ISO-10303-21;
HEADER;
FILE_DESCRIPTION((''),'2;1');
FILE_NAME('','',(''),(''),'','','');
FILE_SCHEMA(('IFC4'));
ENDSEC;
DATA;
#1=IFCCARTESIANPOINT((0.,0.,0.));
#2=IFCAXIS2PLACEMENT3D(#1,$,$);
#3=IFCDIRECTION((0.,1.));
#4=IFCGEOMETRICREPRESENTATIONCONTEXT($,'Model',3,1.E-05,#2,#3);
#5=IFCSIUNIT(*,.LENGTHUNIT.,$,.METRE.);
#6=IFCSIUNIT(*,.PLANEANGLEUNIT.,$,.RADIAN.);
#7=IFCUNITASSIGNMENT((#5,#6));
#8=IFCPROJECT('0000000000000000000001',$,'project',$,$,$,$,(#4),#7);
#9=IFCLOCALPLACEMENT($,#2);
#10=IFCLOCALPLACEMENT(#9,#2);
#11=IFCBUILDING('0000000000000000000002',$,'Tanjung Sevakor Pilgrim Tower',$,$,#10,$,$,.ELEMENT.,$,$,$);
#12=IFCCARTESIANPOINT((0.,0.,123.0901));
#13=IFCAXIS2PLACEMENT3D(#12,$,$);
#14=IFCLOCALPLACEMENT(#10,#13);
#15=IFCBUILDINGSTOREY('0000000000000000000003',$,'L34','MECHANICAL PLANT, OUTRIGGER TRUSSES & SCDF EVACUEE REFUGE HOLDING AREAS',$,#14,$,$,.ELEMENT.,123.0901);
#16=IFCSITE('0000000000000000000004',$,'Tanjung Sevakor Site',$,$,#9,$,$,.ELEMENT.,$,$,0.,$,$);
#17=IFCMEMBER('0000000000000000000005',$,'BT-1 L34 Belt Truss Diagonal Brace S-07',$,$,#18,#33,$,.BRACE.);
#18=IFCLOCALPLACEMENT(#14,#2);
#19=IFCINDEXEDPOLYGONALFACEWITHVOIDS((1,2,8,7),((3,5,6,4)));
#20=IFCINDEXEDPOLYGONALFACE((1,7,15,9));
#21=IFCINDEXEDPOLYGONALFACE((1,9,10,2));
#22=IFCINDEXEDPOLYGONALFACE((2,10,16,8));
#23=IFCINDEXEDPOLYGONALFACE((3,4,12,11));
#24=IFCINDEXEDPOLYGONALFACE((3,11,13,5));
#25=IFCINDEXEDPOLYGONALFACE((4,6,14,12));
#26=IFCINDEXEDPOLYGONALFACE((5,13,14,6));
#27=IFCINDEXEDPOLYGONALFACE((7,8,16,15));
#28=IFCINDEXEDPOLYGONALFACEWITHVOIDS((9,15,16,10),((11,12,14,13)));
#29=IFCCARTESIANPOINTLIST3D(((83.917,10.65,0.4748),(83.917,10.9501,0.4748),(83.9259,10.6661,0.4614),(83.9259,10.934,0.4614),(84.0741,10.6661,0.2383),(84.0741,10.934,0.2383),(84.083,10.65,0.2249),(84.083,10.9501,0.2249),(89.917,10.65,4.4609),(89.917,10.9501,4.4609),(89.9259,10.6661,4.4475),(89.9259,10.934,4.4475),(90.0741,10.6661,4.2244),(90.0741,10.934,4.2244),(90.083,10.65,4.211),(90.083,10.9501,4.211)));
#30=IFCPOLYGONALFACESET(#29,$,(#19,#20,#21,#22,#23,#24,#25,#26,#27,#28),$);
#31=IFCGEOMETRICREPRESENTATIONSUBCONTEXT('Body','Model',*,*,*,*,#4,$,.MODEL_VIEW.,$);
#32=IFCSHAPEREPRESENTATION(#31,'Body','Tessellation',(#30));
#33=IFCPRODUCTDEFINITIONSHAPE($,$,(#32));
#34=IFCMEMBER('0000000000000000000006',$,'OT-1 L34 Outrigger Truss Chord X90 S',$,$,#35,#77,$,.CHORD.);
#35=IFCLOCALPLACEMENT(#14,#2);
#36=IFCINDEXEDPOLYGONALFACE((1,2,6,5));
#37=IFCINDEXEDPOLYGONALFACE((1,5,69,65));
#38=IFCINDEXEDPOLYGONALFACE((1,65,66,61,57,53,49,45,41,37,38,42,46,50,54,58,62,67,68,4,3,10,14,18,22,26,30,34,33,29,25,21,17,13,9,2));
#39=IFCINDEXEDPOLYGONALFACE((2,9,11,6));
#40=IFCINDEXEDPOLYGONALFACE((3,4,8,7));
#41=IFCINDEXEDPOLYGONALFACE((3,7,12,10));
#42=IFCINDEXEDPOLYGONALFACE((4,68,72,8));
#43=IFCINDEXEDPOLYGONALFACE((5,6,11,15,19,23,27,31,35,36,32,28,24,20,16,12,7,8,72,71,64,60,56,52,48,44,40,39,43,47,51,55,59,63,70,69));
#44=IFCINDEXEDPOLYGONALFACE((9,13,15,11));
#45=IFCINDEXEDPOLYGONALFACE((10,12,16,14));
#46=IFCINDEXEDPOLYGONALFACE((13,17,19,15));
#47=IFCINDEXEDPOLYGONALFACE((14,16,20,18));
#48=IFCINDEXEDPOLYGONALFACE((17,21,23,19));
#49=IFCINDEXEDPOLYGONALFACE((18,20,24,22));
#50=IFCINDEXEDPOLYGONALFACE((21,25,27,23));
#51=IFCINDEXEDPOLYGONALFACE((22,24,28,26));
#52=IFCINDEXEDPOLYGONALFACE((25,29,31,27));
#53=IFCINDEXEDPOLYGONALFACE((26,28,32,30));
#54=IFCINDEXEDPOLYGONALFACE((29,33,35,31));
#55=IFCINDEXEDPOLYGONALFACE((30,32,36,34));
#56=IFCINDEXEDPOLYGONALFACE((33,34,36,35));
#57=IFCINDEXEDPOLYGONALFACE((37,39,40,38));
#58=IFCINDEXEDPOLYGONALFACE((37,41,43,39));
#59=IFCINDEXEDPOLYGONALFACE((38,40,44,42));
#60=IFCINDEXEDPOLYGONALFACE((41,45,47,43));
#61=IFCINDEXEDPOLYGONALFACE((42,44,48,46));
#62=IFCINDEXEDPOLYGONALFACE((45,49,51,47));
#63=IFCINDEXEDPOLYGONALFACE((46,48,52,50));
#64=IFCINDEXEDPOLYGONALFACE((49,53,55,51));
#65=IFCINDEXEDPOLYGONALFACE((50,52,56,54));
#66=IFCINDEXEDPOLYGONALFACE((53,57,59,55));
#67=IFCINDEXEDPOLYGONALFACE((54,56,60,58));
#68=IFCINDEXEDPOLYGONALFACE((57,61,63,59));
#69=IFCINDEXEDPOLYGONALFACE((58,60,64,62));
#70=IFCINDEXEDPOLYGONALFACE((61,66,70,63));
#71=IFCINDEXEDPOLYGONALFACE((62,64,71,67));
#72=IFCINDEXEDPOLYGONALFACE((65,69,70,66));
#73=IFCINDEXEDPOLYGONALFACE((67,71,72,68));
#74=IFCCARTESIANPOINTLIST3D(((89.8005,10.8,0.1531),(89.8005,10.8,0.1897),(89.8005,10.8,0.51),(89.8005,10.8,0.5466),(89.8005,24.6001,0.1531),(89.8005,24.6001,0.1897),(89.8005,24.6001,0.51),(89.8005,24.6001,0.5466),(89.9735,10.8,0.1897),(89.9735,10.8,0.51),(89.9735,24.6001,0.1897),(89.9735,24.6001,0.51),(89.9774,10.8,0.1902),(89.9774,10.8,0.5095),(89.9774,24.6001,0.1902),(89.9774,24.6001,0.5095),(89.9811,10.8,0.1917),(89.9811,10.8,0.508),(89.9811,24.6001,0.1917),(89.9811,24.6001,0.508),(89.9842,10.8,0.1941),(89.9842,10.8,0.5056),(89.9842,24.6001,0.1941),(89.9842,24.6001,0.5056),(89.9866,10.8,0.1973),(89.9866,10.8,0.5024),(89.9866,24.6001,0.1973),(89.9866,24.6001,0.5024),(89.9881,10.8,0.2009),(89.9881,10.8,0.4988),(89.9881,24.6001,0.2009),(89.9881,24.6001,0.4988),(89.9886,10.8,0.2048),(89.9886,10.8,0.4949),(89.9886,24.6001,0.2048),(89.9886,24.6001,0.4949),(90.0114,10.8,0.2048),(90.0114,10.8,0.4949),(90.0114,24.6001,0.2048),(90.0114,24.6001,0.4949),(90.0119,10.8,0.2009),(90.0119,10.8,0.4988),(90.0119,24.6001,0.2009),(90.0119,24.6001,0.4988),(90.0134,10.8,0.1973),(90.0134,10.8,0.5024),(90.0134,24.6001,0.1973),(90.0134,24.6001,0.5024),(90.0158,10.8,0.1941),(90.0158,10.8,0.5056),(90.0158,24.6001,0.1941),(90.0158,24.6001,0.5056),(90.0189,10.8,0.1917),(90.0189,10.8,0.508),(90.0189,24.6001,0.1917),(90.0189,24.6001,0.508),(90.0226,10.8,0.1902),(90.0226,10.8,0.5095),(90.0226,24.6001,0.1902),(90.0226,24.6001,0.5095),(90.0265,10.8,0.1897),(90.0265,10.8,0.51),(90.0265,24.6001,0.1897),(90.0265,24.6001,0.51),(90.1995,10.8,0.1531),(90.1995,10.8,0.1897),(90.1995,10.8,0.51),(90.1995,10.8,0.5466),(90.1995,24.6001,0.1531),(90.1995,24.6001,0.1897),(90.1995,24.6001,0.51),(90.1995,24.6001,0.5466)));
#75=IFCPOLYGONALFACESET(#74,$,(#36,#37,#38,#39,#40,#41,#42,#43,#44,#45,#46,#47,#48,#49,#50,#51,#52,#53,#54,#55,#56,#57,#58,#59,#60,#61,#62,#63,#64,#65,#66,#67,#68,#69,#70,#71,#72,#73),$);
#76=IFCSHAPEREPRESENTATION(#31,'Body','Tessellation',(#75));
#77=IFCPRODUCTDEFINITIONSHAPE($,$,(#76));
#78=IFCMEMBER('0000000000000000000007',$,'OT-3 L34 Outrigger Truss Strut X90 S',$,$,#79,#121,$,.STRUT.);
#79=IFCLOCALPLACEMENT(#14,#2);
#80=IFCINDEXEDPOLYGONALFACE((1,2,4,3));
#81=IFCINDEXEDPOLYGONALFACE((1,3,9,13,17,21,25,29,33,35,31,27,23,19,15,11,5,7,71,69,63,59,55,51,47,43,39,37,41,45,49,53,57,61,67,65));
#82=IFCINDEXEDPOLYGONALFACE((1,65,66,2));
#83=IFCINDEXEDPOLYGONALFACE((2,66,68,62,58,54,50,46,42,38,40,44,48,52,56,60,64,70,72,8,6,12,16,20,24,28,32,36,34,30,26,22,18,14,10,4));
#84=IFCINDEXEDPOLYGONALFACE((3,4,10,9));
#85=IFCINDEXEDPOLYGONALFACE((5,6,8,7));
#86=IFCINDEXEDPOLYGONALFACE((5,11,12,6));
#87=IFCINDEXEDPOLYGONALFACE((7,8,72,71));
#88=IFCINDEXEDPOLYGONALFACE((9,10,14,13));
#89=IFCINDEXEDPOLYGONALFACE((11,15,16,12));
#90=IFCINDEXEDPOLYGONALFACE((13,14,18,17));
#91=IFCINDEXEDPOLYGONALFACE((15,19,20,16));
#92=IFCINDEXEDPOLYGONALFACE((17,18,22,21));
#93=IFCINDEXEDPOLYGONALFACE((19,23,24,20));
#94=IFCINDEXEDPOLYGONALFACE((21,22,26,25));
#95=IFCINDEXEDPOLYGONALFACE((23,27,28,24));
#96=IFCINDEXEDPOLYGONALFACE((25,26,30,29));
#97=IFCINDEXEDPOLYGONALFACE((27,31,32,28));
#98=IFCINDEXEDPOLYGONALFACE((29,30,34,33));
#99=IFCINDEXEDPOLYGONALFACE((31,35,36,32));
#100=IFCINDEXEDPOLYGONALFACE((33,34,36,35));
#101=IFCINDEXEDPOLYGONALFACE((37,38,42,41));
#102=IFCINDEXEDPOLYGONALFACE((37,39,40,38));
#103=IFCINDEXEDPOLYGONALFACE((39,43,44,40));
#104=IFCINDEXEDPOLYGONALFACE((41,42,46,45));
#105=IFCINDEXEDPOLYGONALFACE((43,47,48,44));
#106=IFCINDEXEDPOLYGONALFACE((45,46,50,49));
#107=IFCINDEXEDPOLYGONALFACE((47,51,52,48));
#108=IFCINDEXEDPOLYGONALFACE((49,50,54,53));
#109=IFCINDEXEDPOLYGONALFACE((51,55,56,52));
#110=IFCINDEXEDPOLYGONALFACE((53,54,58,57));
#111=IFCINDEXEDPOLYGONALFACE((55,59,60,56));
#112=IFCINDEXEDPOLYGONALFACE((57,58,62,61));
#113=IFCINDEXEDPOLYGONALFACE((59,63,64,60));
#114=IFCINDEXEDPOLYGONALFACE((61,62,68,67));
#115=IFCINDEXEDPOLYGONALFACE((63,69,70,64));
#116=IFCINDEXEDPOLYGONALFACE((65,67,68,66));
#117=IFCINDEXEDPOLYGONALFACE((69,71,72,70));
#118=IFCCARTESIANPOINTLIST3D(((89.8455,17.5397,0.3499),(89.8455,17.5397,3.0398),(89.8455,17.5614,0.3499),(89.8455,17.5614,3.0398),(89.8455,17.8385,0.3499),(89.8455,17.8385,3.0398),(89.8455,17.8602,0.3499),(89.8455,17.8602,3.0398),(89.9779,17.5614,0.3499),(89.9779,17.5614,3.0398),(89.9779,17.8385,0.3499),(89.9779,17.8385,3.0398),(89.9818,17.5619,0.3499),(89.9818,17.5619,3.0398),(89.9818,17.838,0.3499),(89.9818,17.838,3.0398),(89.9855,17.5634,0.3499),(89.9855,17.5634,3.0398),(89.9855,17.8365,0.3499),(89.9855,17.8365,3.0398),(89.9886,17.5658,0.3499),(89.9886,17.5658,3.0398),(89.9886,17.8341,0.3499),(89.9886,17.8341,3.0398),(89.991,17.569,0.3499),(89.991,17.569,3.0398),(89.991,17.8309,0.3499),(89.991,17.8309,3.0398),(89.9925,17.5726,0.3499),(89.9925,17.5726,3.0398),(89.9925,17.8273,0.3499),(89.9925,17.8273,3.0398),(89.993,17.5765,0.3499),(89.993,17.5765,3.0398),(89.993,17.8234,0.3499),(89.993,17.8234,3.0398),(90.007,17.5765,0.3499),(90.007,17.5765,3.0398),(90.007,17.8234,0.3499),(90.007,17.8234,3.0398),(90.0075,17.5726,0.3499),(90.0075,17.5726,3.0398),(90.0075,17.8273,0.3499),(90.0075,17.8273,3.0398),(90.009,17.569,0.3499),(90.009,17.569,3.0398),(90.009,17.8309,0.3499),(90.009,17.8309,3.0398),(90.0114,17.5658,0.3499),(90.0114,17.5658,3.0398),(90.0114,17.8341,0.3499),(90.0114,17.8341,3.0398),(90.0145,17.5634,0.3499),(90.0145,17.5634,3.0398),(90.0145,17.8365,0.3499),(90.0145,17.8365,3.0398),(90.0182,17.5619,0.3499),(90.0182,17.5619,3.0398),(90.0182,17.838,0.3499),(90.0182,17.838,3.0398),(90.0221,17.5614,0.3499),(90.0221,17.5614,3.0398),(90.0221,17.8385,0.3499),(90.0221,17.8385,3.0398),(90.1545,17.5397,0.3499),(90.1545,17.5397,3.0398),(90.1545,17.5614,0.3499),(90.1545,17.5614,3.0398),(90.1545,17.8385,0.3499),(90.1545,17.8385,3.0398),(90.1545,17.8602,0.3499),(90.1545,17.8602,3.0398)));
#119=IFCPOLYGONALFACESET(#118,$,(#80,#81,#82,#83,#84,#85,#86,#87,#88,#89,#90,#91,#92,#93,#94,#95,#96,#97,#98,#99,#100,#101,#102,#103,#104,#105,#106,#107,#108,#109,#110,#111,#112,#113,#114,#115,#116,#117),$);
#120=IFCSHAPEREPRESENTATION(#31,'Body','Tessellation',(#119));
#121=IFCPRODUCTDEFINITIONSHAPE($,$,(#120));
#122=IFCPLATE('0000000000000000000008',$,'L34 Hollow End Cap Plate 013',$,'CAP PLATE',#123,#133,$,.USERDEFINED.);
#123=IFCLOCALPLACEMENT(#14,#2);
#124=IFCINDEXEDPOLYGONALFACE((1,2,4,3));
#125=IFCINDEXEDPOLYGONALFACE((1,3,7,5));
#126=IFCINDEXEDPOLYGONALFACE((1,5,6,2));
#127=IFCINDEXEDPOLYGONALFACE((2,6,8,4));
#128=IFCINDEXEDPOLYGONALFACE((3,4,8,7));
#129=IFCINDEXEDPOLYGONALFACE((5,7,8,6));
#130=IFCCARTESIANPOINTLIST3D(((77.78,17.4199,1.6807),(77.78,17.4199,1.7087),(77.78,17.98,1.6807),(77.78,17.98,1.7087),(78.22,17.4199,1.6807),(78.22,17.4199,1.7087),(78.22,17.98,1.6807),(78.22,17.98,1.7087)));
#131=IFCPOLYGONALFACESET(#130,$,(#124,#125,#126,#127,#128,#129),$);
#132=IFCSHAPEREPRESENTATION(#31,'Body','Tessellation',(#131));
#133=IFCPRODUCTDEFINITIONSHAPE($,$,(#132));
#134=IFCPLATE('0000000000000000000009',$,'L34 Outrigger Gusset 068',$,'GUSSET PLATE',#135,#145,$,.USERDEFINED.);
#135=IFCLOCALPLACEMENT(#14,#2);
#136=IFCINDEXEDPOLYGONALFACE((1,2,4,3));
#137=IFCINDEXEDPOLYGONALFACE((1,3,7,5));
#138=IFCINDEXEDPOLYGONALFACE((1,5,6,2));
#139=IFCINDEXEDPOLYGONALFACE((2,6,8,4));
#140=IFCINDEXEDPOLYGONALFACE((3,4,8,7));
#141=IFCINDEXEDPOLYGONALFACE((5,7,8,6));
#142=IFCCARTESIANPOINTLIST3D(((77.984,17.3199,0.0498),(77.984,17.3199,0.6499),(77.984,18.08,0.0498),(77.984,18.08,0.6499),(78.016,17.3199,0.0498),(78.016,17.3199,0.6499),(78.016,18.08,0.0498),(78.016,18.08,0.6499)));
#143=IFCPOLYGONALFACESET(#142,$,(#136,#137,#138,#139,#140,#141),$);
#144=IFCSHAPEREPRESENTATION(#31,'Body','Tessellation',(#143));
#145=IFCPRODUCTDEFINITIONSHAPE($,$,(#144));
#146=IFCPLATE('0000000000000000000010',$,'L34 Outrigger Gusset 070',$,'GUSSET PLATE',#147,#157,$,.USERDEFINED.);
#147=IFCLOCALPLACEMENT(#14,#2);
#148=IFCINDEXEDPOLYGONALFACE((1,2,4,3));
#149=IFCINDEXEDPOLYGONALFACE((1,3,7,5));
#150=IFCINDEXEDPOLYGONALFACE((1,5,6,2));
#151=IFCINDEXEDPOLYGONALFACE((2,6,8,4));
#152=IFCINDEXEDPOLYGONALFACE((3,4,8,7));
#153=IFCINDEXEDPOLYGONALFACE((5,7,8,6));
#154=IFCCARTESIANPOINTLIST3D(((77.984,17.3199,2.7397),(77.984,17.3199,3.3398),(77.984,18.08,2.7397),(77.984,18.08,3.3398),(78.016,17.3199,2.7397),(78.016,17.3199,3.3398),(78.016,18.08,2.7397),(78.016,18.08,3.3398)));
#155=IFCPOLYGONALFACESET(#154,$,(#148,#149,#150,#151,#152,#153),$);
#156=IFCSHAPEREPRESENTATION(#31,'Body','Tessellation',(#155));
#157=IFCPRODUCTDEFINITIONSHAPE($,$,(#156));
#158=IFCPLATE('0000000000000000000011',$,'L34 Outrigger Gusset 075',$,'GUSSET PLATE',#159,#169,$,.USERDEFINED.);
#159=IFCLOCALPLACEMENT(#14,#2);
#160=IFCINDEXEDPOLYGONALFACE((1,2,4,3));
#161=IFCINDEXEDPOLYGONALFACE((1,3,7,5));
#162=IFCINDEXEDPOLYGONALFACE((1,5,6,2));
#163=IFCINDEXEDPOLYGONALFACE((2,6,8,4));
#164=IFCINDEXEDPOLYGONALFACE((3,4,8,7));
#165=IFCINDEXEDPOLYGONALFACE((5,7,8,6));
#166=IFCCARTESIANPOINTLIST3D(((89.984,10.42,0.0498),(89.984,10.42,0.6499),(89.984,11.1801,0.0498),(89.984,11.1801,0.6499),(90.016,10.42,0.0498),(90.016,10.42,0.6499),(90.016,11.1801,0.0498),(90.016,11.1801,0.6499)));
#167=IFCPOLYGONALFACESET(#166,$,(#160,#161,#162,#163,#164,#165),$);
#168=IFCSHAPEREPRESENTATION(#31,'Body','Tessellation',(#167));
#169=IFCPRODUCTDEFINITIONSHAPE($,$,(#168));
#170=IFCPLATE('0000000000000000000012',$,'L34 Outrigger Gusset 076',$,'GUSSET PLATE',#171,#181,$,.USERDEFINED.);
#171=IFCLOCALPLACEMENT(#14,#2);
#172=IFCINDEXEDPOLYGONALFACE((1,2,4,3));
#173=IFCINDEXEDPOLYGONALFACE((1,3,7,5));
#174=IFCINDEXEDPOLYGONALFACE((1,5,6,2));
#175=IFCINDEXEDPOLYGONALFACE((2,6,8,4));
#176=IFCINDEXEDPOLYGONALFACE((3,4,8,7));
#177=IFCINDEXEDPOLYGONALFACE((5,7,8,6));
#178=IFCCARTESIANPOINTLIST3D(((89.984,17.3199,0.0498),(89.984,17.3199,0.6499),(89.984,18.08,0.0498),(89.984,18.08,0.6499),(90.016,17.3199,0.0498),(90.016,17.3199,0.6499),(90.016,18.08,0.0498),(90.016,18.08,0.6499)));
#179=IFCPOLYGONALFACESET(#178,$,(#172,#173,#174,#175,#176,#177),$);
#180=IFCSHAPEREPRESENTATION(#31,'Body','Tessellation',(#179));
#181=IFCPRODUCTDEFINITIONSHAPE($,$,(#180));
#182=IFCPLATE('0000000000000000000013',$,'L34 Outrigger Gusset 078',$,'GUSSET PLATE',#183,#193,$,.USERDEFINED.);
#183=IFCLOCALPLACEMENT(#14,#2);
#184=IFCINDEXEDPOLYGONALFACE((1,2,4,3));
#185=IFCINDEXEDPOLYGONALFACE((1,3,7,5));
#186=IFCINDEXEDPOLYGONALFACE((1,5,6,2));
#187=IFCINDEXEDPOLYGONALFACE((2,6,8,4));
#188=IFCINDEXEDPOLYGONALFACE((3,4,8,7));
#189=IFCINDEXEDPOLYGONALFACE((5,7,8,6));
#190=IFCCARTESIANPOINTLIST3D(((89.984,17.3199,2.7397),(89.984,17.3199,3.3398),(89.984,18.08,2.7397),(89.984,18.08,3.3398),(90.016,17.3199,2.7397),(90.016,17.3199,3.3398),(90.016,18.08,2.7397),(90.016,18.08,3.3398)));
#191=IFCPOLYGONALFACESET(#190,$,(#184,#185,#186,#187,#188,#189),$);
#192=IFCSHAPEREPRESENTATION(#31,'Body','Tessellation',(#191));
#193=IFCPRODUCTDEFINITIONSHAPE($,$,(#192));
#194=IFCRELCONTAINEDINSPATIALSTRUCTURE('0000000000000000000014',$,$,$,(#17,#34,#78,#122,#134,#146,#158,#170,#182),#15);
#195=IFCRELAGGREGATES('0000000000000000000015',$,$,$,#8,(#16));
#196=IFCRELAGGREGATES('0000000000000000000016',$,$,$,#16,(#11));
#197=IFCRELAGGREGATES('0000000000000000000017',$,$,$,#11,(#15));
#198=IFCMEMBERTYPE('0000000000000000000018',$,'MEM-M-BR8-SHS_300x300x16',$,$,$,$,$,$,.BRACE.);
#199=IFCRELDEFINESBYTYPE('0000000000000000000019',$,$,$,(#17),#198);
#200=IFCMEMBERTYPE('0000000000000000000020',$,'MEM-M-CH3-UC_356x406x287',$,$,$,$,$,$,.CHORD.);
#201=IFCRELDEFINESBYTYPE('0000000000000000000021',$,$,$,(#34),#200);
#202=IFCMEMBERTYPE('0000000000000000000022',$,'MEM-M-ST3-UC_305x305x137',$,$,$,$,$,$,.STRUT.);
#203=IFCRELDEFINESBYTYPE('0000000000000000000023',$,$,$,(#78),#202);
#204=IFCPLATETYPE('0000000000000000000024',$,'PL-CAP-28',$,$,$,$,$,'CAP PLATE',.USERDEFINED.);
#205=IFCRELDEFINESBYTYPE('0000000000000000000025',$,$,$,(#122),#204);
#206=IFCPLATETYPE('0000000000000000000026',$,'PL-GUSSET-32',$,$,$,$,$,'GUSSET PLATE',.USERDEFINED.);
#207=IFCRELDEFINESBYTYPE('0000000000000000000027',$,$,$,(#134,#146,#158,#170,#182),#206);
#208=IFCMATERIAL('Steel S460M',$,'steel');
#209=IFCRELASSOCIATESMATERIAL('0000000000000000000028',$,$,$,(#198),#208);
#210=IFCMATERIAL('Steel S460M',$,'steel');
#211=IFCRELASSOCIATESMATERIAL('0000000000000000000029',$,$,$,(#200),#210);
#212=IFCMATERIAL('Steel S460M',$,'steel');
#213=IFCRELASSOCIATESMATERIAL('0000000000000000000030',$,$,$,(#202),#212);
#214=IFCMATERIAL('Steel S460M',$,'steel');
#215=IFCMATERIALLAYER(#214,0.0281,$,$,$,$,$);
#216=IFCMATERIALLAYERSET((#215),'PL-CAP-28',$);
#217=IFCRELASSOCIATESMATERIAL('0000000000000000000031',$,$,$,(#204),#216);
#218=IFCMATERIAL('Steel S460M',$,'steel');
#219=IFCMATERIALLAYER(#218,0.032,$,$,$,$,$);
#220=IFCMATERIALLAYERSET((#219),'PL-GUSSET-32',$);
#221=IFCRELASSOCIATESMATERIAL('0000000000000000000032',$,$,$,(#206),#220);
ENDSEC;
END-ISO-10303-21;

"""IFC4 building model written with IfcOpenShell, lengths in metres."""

from ifc_helpers import new_model, si_unit, direction, frame, origin, origin_2d, place, context, subcontext, project, spatial, rectangle, hollow_rectangle, i_section, extrude, material, layer, layer_set, material_profile, profile_set, type_object, element, save


model = new_model("IFC4")

# Units and contexts
model_context = context("Model", 3, precision=1e-05, world=origin(), true_north=direction((0.0, 1.0)))
body_context = subcontext(model_context, "Body", "Model", "MODEL_VIEW")
ifc_project = project(units=[si_unit("LENGTHUNIT", "METRE"), si_unit("PLANEANGLEUNIT", "RADIAN")], contexts=[model_context])

# Site, building, storey
site_placement = place(None, origin())
site = spatial("IfcSite", under=ifc_project, at=site_placement, Name="Tanjung Sevakor Site", CompositionType="ELEMENT", RefElevation=0.0)
building_placement = place(site_placement, origin())
building = spatial("IfcBuilding", under=site, at=building_placement, Name="Tanjung Sevakor Pilgrim Tower", CompositionType="ELEMENT")
storey_placement = place(building_placement, frame((0.0, 0.0, 123.0901)))
storey = spatial("IfcBuildingStorey", under=building, at=storey_placement, Name="L34", Description="MECHANICAL PLANT, OUTRIGGER TRUSSES & SCDF EVACUEE REFUGE HOLDING AREAS", CompositionType="ELEMENT", Elevation=123.0901)

# Members
ifc_material_1 = material(Name="Steel S460M", Category="steel")
ifc_material_profile_1 = material_profile(ifc_material_1, hollow_rectangle(XDim=0.3, YDim=0.3, WallThickness=0.0161, at=origin_2d()))
ifc_profile_set_1 = profile_set([ifc_material_profile_1], Name="Steel S460M")
member_type_1 = type_object("IfcMemberType", Name="MEM-M-BR8-SHS_300x300x16", PredefinedType="BRACE", material=ifc_profile_set_1)
member_1_placement = place(storey_placement, frame((84.0, 10.8, 0.3499), z_axis=(0.832941, 0.0, 0.553362), x_axis=(0.0, 1.0, 0.0)))
element("IfcMember", 1, at=member_1_placement, inside=storey, type_object=member_type_1, Name="BT-1 L34 Belt Truss Diagonal Brace S-07", PredefinedType="BRACE", context=body_context, shape_type="SweptSolid", body=[
    extrude(hollow_rectangle(XDim=0.3, YDim=0.3, WallThickness=0.0161, at=origin_2d()), origin(), (0.0, 0.0, 1.0), 7.2034),
])
ifc_material_2 = material(Name="Steel S460M", Category="steel")
ifc_material_profile_2 = material_profile(ifc_material_2, i_section(OverallWidth=0.3989, OverallDepth=0.3936, WebThickness=0.0227, FlangeThickness=0.0366, FilletRadius=0.0151, at=origin_2d()))
ifc_profile_set_2 = profile_set([ifc_material_profile_2], Name="Steel S460M")
member_type_2 = type_object("IfcMemberType", Name="MEM-M-CH3-UC_356x406x287", PredefinedType="CHORD", material=ifc_profile_set_2)
member_2_placement = place(storey_placement, frame((90.0, 10.8, 0.3499), z_axis=(0.0, 1.0, 0.0), x_axis=(-1.0, 0.0, 0.0)))
element("IfcMember", 2, at=member_2_placement, inside=storey, type_object=member_type_2, Name="OT-1 L34 Outrigger Truss Chord X90 S", PredefinedType="CHORD", context=body_context, shape_type="SweptSolid", body=[
    extrude(i_section(OverallWidth=0.3989, OverallDepth=0.3936, WebThickness=0.0227, FlangeThickness=0.0366, FilletRadius=0.0151, at=origin_2d()), origin(), (0.0, 0.0, 1.0), 13.8),
])
ifc_material_3 = material(Name="Steel S460M", Category="steel")
ifc_material_profile_3 = material_profile(ifc_material_3, i_section(OverallWidth=0.3091, OverallDepth=0.3206, WebThickness=0.0139, FlangeThickness=0.0217, FilletRadius=0.0151, at=origin_2d()))
ifc_profile_set_3 = profile_set([ifc_material_profile_3], Name="Steel S460M")
member_type_3 = type_object("IfcMemberType", Name="MEM-M-ST3-UC_305x305x137", PredefinedType="STRUT", material=ifc_profile_set_3)
member_3_placement = place(storey_placement, frame((90.0, 17.7, 0.3499), z_axis=(0.0, 0.0, 1.0), x_axis=(1.0, 0.0, 0.0)))
element("IfcMember", 3, at=member_3_placement, inside=storey, type_object=member_type_3, Name="OT-3 L34 Outrigger Truss Strut X90 S", PredefinedType="STRUT", context=body_context, shape_type="SweptSolid", body=[
    extrude(i_section(OverallWidth=0.3091, OverallDepth=0.3206, WebThickness=0.0139, FlangeThickness=0.0217, FilletRadius=0.0151, at=origin_2d()), origin(), (0.0, 0.0, 1.0), 2.6899),
])

# Plates
ifc_material_4 = material(Name="Steel S460M", Category="steel")
ifc_layer_1 = layer(ifc_material_4, 0.0281)
ifc_layer_set_1 = layer_set([ifc_layer_1], Name="PL-CAP-28")
plate_type_1 = type_object("IfcPlateType", Name="PL-CAP-28", ElementType="CAP PLATE", PredefinedType="USERDEFINED", material=ifc_layer_set_1)
plate_placement = place(storey_placement, frame((78.0, 17.7, 1.6807), z_axis=(0.0, 0.0, 1.0), x_axis=(1.0, 0.0, 0.0)))
element("IfcPlate", 4, at=plate_placement, inside=storey, type_object=plate_type_1, Name="L34 Hollow End Cap Plate 013", ObjectType="CAP PLATE", PredefinedType="USERDEFINED", context=body_context, shape_type="SweptSolid", body=[
    extrude(rectangle(XDim=0.4399, YDim=0.5601, at=origin_2d()), origin(), (0.0, 0.0, 1.0), 0.0281),
])
ifc_material_5 = material(Name="Steel S460M", Category="steel")
ifc_layer_2 = layer(ifc_material_5, 0.032)
ifc_layer_set_2 = layer_set([ifc_layer_2], Name="PL-GUSSET-32")
plate_type_2 = type_object("IfcPlateType", Name="PL-GUSSET-32", ElementType="GUSSET PLATE", PredefinedType="USERDEFINED", material=ifc_layer_set_2)
for number, where, z_axis, x_axis, name in (
    (5, (78.0, 17.7, 0.0498), (0.0, 0.0, 1.0), (1.0, 0.0, 0.0), "L34 Outrigger Gusset 068"),
    (6, (78.0, 17.7, 2.7397), (0.0, 0.0, 1.0), (1.0, 0.0, 0.0), "L34 Outrigger Gusset 070"),
    (7, (90.0, 10.8, 0.0498), (0.0, 0.0, 1.0), (1.0, 0.0, 0.0), "L34 Outrigger Gusset 075"),
    (8, (90.0, 17.7, 0.0498), (0.0, 0.0, 1.0), (1.0, 0.0, 0.0), "L34 Outrigger Gusset 076"),
    (9, (90.0, 17.7, 2.7397), (0.0, 0.0, 1.0), (1.0, 0.0, 0.0), "L34 Outrigger Gusset 078"),
):
    element("IfcPlate", number, at=place(storey_placement, frame(where, z_axis=z_axis, x_axis=x_axis)), inside=storey, type_object=plate_type_2, Name=name, ObjectType="GUSSET PLATE", PredefinedType="USERDEFINED", context=body_context, shape_type="SweptSolid", body=[
        extrude(rectangle(XDim=0.032, YDim=0.76, at=origin_2d()), origin(), (0.0, 0.0, 1.0), 0.6001),
    ])

save(model, "model.ifc")
